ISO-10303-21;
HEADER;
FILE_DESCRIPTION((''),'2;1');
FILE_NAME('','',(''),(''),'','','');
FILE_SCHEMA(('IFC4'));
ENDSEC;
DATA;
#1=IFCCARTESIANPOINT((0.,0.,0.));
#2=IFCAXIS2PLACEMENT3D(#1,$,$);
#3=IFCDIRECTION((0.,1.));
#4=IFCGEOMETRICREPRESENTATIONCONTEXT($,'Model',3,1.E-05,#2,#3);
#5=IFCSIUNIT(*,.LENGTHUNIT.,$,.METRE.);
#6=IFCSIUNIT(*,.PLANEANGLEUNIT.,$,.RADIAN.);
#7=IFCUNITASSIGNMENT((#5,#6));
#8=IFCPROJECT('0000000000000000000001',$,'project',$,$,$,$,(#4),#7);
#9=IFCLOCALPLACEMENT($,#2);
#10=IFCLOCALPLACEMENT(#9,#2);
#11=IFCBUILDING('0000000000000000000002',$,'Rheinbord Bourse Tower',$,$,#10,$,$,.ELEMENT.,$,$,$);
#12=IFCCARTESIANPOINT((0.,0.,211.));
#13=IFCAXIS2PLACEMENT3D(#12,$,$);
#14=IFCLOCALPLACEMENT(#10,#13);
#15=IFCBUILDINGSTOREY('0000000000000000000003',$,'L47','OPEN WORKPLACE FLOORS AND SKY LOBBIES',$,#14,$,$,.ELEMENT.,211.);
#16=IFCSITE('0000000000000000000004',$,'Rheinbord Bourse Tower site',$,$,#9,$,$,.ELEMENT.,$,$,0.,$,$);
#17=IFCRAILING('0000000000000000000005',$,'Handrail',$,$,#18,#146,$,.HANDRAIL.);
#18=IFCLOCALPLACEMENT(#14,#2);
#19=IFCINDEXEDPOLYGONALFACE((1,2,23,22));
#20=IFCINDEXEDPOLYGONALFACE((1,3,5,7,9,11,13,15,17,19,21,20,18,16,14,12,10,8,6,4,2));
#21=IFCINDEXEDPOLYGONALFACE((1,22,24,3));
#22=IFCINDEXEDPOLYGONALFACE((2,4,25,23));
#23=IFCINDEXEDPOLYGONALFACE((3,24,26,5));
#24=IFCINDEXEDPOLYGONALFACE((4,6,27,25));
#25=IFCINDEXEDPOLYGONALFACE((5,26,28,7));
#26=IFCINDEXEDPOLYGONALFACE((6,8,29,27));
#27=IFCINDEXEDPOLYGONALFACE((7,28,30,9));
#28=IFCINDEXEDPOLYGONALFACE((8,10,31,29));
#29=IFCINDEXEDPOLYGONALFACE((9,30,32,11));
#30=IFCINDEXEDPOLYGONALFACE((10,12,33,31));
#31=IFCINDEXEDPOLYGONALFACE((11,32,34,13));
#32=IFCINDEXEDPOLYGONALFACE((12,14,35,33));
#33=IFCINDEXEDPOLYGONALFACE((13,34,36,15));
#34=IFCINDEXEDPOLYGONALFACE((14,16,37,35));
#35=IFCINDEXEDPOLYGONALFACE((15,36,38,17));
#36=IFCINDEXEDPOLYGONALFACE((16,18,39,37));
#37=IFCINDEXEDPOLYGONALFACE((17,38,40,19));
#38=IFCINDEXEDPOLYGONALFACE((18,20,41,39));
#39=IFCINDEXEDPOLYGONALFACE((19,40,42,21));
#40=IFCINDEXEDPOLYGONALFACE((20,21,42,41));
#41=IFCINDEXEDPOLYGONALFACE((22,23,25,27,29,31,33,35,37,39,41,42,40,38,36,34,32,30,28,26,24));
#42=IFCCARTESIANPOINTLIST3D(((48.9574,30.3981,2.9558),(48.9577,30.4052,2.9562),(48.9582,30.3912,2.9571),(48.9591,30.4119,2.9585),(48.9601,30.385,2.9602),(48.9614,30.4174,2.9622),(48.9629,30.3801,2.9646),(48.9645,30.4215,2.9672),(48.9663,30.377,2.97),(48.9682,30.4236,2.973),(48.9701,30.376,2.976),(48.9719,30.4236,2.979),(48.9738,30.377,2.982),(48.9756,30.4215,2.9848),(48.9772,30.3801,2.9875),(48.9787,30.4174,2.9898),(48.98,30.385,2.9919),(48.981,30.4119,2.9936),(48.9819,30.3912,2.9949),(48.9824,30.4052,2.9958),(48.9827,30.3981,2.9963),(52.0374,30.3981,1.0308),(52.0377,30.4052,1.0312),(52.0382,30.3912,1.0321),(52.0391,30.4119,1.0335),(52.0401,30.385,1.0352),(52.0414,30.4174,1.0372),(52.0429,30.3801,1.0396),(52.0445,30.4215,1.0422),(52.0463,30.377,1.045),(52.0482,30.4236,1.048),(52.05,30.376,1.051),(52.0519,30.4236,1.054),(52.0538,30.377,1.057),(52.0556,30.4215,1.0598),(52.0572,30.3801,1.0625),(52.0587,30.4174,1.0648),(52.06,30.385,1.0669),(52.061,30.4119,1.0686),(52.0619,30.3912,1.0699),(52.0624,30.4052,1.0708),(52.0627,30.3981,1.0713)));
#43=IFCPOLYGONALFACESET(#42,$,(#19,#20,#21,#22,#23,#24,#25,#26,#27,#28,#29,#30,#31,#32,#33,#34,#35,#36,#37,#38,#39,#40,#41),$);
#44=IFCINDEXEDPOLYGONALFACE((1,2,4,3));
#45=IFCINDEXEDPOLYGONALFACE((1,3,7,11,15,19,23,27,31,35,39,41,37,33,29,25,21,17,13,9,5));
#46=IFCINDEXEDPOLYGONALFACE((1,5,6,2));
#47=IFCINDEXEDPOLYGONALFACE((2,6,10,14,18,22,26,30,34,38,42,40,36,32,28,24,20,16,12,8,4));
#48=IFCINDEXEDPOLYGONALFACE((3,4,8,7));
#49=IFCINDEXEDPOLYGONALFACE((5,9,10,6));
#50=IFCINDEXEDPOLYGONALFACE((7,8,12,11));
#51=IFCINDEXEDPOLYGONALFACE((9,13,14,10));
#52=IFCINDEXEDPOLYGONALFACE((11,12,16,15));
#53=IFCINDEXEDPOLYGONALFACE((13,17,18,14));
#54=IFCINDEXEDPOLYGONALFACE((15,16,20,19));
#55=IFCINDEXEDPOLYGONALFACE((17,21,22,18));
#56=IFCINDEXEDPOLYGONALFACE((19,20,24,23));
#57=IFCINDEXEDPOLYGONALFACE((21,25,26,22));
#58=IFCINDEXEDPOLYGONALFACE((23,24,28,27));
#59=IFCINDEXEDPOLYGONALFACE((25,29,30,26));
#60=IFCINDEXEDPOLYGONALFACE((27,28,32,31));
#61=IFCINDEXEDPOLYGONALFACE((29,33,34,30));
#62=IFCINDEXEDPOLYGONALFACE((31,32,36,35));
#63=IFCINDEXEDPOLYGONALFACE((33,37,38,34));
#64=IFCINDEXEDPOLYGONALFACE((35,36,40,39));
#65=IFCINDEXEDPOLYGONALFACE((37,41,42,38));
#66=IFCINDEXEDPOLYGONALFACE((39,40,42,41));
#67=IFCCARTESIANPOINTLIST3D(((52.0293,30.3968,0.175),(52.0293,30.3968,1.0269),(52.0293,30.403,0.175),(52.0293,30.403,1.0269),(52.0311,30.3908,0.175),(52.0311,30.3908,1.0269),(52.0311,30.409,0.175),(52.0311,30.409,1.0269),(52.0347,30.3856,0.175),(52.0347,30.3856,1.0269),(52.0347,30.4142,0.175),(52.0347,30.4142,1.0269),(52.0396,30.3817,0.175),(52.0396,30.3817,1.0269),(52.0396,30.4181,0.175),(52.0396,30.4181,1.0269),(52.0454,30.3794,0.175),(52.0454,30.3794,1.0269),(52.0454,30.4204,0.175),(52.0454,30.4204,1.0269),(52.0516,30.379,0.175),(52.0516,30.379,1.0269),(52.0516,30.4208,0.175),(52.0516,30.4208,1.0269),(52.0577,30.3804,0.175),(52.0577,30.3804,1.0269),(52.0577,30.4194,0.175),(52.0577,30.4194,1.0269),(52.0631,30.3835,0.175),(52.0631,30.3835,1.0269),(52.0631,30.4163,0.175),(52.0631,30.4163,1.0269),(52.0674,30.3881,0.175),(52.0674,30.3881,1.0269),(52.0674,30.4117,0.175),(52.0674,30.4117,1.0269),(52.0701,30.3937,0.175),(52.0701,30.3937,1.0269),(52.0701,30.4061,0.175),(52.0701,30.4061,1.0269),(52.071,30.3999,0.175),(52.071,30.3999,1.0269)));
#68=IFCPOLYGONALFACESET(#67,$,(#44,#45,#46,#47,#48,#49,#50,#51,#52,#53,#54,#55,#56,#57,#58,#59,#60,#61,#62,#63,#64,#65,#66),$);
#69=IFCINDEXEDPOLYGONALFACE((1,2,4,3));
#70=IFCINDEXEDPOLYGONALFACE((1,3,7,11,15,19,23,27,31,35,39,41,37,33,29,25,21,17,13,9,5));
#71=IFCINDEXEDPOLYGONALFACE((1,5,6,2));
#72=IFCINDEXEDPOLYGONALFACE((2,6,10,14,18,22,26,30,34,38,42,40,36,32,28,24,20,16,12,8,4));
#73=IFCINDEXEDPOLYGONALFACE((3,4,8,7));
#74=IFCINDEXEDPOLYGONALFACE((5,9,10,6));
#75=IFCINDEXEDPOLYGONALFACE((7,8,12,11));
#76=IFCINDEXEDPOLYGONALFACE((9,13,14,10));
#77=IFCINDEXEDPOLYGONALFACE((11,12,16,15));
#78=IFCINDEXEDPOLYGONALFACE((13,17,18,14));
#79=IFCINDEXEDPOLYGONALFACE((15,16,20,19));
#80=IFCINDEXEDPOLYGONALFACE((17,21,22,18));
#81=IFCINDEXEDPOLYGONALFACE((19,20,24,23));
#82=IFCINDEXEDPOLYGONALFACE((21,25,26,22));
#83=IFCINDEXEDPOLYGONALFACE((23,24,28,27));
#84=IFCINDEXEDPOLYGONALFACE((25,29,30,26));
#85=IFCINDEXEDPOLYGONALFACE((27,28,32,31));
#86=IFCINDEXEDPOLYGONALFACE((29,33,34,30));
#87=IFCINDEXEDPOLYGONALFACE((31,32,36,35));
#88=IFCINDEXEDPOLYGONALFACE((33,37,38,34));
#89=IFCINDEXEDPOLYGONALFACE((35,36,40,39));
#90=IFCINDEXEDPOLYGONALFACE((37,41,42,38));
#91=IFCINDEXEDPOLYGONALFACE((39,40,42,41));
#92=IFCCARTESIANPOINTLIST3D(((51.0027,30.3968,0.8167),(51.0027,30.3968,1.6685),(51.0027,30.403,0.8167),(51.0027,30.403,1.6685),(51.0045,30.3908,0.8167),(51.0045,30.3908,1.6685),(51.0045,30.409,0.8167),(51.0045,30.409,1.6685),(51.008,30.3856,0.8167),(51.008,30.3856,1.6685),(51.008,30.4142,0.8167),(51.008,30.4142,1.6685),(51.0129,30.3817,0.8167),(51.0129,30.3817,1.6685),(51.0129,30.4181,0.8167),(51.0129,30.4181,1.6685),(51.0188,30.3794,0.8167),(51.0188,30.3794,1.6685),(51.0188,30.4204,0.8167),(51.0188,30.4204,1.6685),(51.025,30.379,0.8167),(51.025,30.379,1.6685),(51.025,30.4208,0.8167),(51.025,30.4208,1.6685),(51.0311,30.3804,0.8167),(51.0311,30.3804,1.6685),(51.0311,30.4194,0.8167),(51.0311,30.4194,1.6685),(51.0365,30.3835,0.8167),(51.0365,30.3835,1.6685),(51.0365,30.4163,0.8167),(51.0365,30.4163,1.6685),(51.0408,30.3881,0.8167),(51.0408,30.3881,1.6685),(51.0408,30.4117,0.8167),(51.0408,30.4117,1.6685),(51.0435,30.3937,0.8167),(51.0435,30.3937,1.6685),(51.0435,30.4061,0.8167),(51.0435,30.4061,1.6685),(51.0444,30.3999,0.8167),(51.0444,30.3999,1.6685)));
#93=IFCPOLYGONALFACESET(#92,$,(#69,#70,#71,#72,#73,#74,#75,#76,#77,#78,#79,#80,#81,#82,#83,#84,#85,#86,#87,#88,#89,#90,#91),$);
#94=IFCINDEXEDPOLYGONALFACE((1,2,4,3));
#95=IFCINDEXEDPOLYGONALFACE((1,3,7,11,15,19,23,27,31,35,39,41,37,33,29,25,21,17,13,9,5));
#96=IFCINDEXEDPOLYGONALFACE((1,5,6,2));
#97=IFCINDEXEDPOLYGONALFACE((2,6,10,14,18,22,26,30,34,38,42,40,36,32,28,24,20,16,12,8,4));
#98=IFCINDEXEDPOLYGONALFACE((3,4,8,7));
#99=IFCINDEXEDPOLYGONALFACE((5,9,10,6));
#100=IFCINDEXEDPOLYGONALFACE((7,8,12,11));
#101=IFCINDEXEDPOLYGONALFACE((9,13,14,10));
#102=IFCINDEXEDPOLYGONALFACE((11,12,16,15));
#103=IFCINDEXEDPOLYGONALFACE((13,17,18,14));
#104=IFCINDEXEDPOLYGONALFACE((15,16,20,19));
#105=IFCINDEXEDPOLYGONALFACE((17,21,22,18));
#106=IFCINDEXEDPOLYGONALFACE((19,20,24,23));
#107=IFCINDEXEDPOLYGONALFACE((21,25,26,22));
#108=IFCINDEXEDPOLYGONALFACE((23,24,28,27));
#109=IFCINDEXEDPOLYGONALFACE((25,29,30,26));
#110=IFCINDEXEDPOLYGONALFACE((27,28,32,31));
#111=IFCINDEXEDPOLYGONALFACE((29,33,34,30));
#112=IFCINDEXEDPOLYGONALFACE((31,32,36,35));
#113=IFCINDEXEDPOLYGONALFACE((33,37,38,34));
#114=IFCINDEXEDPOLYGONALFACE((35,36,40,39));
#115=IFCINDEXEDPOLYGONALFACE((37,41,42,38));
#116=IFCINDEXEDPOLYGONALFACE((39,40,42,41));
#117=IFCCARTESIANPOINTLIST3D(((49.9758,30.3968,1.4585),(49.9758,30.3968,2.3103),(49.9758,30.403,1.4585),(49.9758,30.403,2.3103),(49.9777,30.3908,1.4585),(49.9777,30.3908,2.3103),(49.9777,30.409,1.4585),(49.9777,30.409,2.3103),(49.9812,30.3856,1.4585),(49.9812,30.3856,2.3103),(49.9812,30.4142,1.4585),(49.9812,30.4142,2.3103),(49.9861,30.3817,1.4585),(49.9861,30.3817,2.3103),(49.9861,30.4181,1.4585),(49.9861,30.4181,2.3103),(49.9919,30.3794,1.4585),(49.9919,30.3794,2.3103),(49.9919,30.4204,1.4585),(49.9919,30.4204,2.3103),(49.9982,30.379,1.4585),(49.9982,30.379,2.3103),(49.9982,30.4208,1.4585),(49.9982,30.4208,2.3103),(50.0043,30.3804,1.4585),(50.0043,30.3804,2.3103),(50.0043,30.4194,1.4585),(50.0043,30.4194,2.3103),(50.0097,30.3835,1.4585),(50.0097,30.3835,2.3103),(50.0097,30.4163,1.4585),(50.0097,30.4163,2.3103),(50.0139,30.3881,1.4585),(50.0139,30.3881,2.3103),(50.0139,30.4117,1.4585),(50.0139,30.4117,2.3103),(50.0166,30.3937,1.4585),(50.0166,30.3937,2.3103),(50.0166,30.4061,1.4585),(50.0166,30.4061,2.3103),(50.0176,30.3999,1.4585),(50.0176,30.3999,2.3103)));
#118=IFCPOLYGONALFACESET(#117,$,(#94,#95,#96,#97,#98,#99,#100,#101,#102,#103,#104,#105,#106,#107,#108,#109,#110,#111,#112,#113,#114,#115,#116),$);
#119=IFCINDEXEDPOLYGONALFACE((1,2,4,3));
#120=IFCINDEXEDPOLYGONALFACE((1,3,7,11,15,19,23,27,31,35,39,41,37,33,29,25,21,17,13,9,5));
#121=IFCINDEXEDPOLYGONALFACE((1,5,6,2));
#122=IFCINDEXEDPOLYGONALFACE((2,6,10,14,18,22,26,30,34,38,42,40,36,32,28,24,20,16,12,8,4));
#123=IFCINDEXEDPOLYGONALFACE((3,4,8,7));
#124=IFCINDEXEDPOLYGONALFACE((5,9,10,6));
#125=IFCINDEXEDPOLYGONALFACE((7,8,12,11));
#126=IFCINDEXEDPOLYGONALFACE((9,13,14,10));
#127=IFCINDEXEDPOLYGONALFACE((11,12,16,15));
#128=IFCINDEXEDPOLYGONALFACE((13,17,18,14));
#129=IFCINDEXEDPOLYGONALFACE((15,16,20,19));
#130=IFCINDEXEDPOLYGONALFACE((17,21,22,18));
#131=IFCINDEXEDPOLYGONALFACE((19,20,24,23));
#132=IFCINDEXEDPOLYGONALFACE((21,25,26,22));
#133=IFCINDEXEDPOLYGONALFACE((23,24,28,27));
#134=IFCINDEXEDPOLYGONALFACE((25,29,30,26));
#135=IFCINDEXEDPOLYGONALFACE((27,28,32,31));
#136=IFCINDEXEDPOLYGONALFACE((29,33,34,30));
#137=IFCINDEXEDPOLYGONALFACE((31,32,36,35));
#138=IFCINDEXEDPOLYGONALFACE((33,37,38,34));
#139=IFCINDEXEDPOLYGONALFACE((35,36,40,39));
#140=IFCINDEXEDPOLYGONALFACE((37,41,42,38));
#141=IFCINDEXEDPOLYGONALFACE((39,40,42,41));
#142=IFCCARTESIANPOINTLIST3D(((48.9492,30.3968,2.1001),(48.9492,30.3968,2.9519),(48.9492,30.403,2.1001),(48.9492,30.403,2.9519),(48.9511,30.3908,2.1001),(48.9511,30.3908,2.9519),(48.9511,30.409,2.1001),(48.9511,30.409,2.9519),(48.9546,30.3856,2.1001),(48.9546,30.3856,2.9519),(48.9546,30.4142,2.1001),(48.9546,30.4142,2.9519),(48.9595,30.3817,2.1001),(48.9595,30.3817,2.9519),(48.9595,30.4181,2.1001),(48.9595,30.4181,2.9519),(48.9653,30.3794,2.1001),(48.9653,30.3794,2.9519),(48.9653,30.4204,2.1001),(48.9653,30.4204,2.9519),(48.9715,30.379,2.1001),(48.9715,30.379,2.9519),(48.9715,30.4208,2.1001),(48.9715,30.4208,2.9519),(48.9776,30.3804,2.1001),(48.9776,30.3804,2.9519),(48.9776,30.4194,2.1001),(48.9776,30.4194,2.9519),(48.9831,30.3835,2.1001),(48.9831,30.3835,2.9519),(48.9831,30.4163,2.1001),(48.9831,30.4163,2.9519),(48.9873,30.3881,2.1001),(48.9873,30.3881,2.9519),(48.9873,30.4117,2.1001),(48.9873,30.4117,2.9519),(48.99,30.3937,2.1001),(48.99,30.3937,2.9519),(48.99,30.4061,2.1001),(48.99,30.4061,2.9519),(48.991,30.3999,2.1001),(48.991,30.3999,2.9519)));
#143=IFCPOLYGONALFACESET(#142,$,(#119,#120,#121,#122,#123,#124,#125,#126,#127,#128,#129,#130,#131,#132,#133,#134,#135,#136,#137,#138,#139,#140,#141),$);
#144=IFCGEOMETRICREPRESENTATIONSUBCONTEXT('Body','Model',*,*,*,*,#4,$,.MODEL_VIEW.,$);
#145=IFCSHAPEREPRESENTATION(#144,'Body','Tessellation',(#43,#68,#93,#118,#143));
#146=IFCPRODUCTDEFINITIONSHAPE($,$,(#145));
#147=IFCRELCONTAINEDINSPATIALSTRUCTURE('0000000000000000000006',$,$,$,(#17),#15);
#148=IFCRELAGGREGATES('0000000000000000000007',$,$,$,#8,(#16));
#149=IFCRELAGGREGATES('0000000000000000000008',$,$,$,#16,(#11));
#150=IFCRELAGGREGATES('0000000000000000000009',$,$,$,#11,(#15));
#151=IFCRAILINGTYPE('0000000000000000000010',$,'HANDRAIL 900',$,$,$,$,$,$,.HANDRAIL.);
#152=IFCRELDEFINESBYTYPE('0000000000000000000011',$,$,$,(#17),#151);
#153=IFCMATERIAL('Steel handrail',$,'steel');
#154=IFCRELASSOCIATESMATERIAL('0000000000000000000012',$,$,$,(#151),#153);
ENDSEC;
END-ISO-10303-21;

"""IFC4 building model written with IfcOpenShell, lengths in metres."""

from ifc_helpers import new_model, si_unit, direction, frame, origin, origin_2d, place, context, subcontext, project, spatial, circle, extrude, material, type_object, element, save


model = new_model("IFC4")

# Units and contexts
model_context = context("Model", 3, precision=1e-05, world=origin(), true_north=direction((0.0, 1.0)))
body_context = subcontext(model_context, "Body", "Model", "MODEL_VIEW")
ifc_project = project(units=[si_unit("LENGTHUNIT", "METRE"), si_unit("PLANEANGLEUNIT", "RADIAN")], contexts=[model_context])

# Site, building, storey
site_placement = place(None, origin())
site = spatial("IfcSite", under=ifc_project, at=site_placement, Name="Rheinbord Bourse Tower site", CompositionType="ELEMENT", RefElevation=0.0)
building_placement = place(site_placement, origin())
building = spatial("IfcBuilding", under=site, at=building_placement, Name="Rheinbord Bourse Tower", CompositionType="ELEMENT")
storey_placement = place(building_placement, frame((0.0, 0.0, 211.0)))
storey = spatial("IfcBuildingStorey", under=building, at=storey_placement, Name="L47", Description="OPEN WORKPLACE FLOORS AND SKY LOBBIES", CompositionType="ELEMENT", Elevation=211.0)

# Railing
ifc_material_1 = material(Name="Steel handrail", Category="steel")
railing_type = type_object("IfcRailingType", Name="HANDRAIL 900", PredefinedType="HANDRAIL", material=ifc_material_1)
railing_1_placement = place(storey_placement, frame((52.05, 30.3999, 0.175)))
element("IfcRailing", 1, at=railing_1_placement, inside=storey, type_object=railing_type, Name="Handrail", PredefinedType="HANDRAIL", context=body_context, shape_type="SweptSolid", body=[
    extrude(circle(Radius=0.0239, at=origin_2d()), frame((0.0, 0.0, 0.876), z_axis=(-0.847998, 0.0, 0.529999), x_axis=(0.0, -1.0, 0.0)), (0.0, 0.0, 1.0), 3.6321),
    extrude(circle(Radius=0.021, at=origin_2d()), origin(), (0.0, 0.0, 1.0), 0.8518),
    extrude(circle(Radius=0.021, at=origin_2d()), frame((-1.0266, 0.0, 0.6416)), (0.0, 0.0, 1.0), 0.8518),
    extrude(circle(Radius=0.021, at=origin_2d()), frame((-2.0535, 0.0, 1.2834)), (0.0, 0.0, 1.0), 0.8518),
    extrude(circle(Radius=0.021, at=origin_2d()), frame((-3.0801, 0.0, 1.925)), (0.0, 0.0, 1.0), 0.8518),
])

save(model, "model.ifc")
